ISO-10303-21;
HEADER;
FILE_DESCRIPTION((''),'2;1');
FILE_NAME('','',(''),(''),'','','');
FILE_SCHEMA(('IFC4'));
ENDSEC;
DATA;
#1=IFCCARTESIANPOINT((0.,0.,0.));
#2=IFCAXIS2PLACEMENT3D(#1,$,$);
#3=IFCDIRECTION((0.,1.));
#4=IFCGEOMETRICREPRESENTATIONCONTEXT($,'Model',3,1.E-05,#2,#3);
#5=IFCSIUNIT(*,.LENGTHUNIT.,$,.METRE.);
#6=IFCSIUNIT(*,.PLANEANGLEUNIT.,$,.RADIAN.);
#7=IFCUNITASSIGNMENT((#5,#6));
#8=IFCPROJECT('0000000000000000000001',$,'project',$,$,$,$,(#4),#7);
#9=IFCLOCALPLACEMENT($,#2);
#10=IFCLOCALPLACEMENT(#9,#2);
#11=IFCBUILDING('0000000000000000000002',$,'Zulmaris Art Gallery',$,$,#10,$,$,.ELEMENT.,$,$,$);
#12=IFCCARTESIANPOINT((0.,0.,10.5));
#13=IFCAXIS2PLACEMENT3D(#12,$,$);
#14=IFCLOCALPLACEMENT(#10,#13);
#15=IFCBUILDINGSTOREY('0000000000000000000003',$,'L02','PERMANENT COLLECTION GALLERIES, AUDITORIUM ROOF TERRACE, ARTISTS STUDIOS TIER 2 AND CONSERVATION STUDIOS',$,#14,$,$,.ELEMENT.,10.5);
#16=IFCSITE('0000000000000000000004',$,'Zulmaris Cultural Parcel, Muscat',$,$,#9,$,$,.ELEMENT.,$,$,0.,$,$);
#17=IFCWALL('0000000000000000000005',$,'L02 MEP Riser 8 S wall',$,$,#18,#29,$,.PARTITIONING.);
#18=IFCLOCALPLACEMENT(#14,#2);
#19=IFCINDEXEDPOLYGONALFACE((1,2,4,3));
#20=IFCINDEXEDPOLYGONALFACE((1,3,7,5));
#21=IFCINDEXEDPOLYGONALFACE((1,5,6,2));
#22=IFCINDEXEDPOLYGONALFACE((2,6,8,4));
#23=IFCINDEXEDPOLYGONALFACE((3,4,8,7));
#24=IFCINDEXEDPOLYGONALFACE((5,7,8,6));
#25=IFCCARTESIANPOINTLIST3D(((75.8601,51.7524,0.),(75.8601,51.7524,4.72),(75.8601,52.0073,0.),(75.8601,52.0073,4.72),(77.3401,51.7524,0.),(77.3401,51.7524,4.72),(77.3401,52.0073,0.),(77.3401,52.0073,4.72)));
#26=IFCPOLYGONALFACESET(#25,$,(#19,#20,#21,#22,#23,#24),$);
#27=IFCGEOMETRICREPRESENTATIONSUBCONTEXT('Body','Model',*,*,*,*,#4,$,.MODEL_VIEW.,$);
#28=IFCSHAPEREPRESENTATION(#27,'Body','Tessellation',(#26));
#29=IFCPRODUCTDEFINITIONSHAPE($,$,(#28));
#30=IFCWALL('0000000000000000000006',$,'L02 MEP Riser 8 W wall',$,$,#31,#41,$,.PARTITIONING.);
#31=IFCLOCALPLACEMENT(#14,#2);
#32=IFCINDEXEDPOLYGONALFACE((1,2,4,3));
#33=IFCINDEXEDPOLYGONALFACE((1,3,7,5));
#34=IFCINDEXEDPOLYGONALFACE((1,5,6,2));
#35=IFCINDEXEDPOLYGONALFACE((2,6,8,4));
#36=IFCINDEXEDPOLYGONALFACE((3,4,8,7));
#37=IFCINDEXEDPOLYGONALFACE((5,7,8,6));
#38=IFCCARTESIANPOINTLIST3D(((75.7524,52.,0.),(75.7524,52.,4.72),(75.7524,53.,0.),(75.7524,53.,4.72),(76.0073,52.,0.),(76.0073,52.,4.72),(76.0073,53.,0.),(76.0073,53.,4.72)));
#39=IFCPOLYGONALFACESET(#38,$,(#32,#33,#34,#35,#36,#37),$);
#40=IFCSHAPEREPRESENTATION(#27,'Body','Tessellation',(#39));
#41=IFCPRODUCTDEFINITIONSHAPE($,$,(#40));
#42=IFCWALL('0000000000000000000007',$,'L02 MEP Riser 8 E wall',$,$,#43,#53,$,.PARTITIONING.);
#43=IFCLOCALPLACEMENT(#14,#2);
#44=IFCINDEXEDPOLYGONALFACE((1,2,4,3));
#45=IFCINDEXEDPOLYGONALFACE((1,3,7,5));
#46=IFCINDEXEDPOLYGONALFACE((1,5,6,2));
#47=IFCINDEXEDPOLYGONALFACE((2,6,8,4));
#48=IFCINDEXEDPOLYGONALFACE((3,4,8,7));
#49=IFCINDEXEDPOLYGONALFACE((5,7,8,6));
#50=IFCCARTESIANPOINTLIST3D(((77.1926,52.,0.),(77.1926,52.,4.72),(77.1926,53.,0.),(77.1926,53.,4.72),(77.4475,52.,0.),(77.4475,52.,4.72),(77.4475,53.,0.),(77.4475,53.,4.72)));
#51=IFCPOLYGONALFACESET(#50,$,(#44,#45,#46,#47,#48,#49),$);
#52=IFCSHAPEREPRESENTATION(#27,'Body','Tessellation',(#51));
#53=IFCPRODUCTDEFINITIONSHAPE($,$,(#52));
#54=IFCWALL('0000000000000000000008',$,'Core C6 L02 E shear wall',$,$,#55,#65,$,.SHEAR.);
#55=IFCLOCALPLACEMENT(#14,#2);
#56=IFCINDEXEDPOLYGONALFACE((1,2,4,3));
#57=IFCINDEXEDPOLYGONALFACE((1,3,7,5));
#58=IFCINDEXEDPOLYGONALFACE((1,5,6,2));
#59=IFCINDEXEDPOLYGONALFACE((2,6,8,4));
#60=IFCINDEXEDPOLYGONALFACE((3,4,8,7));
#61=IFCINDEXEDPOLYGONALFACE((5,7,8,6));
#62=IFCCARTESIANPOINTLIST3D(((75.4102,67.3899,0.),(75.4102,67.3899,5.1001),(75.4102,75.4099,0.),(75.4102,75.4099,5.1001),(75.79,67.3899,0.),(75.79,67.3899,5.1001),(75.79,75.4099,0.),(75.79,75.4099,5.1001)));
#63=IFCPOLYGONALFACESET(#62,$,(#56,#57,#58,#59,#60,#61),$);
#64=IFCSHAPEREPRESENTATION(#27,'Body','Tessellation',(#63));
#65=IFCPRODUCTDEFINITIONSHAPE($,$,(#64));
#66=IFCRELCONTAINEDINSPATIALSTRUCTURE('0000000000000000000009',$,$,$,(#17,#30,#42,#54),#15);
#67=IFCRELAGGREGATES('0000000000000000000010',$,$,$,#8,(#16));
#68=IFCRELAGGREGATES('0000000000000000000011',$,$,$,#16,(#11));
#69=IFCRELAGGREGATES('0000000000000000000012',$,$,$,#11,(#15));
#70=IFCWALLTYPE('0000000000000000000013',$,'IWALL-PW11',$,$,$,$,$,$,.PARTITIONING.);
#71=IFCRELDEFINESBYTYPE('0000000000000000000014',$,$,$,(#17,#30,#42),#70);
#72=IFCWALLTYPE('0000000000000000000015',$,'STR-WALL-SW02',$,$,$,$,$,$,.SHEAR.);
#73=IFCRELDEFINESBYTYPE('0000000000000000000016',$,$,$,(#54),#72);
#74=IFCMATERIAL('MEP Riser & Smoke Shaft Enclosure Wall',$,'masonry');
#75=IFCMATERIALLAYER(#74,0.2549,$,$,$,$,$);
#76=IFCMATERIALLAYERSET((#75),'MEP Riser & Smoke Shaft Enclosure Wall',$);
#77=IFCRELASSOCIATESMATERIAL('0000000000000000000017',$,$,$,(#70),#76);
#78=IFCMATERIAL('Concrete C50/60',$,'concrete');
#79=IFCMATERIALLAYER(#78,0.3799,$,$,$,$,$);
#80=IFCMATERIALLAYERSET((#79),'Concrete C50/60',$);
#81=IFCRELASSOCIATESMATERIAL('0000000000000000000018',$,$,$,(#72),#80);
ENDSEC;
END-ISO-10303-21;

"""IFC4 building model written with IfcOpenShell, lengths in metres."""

from ifc_helpers import new_model, si_unit, direction, frame, frame_2d, origin, place, context, subcontext, project, spatial, rectangle, extrude, material, layer, layer_set, type_object, element, save


model = new_model("IFC4")

# Units and contexts
model_context = context("Model", 3, precision=1e-05, world=origin(), true_north=direction((0.0, 1.0)))
body_context = subcontext(model_context, "Body", "Model", "MODEL_VIEW")
ifc_project = project(units=[si_unit("LENGTHUNIT", "METRE"), si_unit("PLANEANGLEUNIT", "RADIAN")], contexts=[model_context])

# Site, building, storey
site_placement = place(None, origin())
site = spatial("IfcSite", under=ifc_project, at=site_placement, Name="Zulmaris Cultural Parcel, Muscat", CompositionType="ELEMENT", RefElevation=0.0)
building_placement = place(site_placement, origin())
building = spatial("IfcBuilding", under=site, at=building_placement, Name="Zulmaris Art Gallery", CompositionType="ELEMENT")
storey_placement = place(building_placement, frame((0.0, 0.0, 10.5)))
storey = spatial("IfcBuildingStorey", under=building, at=storey_placement, Name="L02", Description="PERMANENT COLLECTION GALLERIES, AUDITORIUM ROOF TERRACE, ARTISTS STUDIOS TIER 2 AND CONSERVATION STUDIOS", CompositionType="ELEMENT", Elevation=10.5)

# Shared definitions
ifc_material_1 = material(Name="Concrete C50/60", Category="concrete")

# Walls
ifc_material_2 = material(Name="MEP Riser & Smoke Shaft Enclosure Wall", Category="masonry")
ifc_layer_1 = layer(ifc_material_2, 0.2549)
ifc_layer_set_1 = layer_set([ifc_layer_1], Name="MEP Riser & Smoke Shaft Enclosure Wall")
wall_type_1 = type_object("IfcWallType", Name="IWALL-PW11", PredefinedType="PARTITIONING", material=ifc_layer_set_1)
for number, where, z_axis, x_axis, name in (
    (1, (75.8601, 51.8799, 0.0), (0.0, 0.0, 1.0), (1.0, 0.0, 0.0), "L02 MEP Riser 8 S wall"),
):
    element("IfcWall", number, at=place(storey_placement, frame(where, z_axis=z_axis, x_axis=x_axis)), inside=storey, type_object=wall_type_1, Name=name, PredefinedType="PARTITIONING", context=body_context, shape_type="SweptSolid", body=[
        extrude(rectangle(XDim=1.48, YDim=0.2549, at=frame_2d((0.74, 0.0))), origin(), (0.0, 0.0, 1.0), 4.72),
    ])
for number, where, z_axis, x_axis, name in (
    (2, (75.8799, 52.0, 0.0), (0.0, 0.0, 1.0), (0.0, 1.0, 0.0), "L02 MEP Riser 8 W wall"),
    (3, (77.3201, 52.0, 0.0), (0.0, 0.0, 1.0), (0.0, 1.0, 0.0), "L02 MEP Riser 8 E wall"),
):
    element("IfcWall", number, at=place(storey_placement, frame(where, z_axis=z_axis, x_axis=x_axis)), inside=storey, type_object=wall_type_1, Name=name, PredefinedType="PARTITIONING", context=body_context, shape_type="SweptSolid", body=[
        extrude(rectangle(XDim=1.0, YDim=0.2549, at=frame_2d((0.5, 0.0))), origin(), (0.0, 0.0, 1.0), 4.72),
    ])
ifc_layer_2 = layer(ifc_material_1, 0.3799)
ifc_layer_set_2 = layer_set([ifc_layer_2], Name="Concrete C50/60")
wall_type_2 = type_object("IfcWallType", Name="STR-WALL-SW02", PredefinedType="SHEAR", material=ifc_layer_set_2)
wall_1_placement = place(storey_placement, frame((75.6001, 67.3899, 0.0), z_axis=(0.0, 0.0, 1.0), x_axis=(0.0, 1.0, 0.0)))
element("IfcWall", 4, at=wall_1_placement, inside=storey, type_object=wall_type_2, Name="Core C6 L02 E shear wall", PredefinedType="SHEAR", context=body_context, shape_type="SweptSolid", body=[
    extrude(rectangle(XDim=8.02, YDim=0.3799, at=frame_2d((4.01, 0.0))), origin(), (0.0, 0.0, 1.0), 5.1001),
])

save(model, "model.ifc")
